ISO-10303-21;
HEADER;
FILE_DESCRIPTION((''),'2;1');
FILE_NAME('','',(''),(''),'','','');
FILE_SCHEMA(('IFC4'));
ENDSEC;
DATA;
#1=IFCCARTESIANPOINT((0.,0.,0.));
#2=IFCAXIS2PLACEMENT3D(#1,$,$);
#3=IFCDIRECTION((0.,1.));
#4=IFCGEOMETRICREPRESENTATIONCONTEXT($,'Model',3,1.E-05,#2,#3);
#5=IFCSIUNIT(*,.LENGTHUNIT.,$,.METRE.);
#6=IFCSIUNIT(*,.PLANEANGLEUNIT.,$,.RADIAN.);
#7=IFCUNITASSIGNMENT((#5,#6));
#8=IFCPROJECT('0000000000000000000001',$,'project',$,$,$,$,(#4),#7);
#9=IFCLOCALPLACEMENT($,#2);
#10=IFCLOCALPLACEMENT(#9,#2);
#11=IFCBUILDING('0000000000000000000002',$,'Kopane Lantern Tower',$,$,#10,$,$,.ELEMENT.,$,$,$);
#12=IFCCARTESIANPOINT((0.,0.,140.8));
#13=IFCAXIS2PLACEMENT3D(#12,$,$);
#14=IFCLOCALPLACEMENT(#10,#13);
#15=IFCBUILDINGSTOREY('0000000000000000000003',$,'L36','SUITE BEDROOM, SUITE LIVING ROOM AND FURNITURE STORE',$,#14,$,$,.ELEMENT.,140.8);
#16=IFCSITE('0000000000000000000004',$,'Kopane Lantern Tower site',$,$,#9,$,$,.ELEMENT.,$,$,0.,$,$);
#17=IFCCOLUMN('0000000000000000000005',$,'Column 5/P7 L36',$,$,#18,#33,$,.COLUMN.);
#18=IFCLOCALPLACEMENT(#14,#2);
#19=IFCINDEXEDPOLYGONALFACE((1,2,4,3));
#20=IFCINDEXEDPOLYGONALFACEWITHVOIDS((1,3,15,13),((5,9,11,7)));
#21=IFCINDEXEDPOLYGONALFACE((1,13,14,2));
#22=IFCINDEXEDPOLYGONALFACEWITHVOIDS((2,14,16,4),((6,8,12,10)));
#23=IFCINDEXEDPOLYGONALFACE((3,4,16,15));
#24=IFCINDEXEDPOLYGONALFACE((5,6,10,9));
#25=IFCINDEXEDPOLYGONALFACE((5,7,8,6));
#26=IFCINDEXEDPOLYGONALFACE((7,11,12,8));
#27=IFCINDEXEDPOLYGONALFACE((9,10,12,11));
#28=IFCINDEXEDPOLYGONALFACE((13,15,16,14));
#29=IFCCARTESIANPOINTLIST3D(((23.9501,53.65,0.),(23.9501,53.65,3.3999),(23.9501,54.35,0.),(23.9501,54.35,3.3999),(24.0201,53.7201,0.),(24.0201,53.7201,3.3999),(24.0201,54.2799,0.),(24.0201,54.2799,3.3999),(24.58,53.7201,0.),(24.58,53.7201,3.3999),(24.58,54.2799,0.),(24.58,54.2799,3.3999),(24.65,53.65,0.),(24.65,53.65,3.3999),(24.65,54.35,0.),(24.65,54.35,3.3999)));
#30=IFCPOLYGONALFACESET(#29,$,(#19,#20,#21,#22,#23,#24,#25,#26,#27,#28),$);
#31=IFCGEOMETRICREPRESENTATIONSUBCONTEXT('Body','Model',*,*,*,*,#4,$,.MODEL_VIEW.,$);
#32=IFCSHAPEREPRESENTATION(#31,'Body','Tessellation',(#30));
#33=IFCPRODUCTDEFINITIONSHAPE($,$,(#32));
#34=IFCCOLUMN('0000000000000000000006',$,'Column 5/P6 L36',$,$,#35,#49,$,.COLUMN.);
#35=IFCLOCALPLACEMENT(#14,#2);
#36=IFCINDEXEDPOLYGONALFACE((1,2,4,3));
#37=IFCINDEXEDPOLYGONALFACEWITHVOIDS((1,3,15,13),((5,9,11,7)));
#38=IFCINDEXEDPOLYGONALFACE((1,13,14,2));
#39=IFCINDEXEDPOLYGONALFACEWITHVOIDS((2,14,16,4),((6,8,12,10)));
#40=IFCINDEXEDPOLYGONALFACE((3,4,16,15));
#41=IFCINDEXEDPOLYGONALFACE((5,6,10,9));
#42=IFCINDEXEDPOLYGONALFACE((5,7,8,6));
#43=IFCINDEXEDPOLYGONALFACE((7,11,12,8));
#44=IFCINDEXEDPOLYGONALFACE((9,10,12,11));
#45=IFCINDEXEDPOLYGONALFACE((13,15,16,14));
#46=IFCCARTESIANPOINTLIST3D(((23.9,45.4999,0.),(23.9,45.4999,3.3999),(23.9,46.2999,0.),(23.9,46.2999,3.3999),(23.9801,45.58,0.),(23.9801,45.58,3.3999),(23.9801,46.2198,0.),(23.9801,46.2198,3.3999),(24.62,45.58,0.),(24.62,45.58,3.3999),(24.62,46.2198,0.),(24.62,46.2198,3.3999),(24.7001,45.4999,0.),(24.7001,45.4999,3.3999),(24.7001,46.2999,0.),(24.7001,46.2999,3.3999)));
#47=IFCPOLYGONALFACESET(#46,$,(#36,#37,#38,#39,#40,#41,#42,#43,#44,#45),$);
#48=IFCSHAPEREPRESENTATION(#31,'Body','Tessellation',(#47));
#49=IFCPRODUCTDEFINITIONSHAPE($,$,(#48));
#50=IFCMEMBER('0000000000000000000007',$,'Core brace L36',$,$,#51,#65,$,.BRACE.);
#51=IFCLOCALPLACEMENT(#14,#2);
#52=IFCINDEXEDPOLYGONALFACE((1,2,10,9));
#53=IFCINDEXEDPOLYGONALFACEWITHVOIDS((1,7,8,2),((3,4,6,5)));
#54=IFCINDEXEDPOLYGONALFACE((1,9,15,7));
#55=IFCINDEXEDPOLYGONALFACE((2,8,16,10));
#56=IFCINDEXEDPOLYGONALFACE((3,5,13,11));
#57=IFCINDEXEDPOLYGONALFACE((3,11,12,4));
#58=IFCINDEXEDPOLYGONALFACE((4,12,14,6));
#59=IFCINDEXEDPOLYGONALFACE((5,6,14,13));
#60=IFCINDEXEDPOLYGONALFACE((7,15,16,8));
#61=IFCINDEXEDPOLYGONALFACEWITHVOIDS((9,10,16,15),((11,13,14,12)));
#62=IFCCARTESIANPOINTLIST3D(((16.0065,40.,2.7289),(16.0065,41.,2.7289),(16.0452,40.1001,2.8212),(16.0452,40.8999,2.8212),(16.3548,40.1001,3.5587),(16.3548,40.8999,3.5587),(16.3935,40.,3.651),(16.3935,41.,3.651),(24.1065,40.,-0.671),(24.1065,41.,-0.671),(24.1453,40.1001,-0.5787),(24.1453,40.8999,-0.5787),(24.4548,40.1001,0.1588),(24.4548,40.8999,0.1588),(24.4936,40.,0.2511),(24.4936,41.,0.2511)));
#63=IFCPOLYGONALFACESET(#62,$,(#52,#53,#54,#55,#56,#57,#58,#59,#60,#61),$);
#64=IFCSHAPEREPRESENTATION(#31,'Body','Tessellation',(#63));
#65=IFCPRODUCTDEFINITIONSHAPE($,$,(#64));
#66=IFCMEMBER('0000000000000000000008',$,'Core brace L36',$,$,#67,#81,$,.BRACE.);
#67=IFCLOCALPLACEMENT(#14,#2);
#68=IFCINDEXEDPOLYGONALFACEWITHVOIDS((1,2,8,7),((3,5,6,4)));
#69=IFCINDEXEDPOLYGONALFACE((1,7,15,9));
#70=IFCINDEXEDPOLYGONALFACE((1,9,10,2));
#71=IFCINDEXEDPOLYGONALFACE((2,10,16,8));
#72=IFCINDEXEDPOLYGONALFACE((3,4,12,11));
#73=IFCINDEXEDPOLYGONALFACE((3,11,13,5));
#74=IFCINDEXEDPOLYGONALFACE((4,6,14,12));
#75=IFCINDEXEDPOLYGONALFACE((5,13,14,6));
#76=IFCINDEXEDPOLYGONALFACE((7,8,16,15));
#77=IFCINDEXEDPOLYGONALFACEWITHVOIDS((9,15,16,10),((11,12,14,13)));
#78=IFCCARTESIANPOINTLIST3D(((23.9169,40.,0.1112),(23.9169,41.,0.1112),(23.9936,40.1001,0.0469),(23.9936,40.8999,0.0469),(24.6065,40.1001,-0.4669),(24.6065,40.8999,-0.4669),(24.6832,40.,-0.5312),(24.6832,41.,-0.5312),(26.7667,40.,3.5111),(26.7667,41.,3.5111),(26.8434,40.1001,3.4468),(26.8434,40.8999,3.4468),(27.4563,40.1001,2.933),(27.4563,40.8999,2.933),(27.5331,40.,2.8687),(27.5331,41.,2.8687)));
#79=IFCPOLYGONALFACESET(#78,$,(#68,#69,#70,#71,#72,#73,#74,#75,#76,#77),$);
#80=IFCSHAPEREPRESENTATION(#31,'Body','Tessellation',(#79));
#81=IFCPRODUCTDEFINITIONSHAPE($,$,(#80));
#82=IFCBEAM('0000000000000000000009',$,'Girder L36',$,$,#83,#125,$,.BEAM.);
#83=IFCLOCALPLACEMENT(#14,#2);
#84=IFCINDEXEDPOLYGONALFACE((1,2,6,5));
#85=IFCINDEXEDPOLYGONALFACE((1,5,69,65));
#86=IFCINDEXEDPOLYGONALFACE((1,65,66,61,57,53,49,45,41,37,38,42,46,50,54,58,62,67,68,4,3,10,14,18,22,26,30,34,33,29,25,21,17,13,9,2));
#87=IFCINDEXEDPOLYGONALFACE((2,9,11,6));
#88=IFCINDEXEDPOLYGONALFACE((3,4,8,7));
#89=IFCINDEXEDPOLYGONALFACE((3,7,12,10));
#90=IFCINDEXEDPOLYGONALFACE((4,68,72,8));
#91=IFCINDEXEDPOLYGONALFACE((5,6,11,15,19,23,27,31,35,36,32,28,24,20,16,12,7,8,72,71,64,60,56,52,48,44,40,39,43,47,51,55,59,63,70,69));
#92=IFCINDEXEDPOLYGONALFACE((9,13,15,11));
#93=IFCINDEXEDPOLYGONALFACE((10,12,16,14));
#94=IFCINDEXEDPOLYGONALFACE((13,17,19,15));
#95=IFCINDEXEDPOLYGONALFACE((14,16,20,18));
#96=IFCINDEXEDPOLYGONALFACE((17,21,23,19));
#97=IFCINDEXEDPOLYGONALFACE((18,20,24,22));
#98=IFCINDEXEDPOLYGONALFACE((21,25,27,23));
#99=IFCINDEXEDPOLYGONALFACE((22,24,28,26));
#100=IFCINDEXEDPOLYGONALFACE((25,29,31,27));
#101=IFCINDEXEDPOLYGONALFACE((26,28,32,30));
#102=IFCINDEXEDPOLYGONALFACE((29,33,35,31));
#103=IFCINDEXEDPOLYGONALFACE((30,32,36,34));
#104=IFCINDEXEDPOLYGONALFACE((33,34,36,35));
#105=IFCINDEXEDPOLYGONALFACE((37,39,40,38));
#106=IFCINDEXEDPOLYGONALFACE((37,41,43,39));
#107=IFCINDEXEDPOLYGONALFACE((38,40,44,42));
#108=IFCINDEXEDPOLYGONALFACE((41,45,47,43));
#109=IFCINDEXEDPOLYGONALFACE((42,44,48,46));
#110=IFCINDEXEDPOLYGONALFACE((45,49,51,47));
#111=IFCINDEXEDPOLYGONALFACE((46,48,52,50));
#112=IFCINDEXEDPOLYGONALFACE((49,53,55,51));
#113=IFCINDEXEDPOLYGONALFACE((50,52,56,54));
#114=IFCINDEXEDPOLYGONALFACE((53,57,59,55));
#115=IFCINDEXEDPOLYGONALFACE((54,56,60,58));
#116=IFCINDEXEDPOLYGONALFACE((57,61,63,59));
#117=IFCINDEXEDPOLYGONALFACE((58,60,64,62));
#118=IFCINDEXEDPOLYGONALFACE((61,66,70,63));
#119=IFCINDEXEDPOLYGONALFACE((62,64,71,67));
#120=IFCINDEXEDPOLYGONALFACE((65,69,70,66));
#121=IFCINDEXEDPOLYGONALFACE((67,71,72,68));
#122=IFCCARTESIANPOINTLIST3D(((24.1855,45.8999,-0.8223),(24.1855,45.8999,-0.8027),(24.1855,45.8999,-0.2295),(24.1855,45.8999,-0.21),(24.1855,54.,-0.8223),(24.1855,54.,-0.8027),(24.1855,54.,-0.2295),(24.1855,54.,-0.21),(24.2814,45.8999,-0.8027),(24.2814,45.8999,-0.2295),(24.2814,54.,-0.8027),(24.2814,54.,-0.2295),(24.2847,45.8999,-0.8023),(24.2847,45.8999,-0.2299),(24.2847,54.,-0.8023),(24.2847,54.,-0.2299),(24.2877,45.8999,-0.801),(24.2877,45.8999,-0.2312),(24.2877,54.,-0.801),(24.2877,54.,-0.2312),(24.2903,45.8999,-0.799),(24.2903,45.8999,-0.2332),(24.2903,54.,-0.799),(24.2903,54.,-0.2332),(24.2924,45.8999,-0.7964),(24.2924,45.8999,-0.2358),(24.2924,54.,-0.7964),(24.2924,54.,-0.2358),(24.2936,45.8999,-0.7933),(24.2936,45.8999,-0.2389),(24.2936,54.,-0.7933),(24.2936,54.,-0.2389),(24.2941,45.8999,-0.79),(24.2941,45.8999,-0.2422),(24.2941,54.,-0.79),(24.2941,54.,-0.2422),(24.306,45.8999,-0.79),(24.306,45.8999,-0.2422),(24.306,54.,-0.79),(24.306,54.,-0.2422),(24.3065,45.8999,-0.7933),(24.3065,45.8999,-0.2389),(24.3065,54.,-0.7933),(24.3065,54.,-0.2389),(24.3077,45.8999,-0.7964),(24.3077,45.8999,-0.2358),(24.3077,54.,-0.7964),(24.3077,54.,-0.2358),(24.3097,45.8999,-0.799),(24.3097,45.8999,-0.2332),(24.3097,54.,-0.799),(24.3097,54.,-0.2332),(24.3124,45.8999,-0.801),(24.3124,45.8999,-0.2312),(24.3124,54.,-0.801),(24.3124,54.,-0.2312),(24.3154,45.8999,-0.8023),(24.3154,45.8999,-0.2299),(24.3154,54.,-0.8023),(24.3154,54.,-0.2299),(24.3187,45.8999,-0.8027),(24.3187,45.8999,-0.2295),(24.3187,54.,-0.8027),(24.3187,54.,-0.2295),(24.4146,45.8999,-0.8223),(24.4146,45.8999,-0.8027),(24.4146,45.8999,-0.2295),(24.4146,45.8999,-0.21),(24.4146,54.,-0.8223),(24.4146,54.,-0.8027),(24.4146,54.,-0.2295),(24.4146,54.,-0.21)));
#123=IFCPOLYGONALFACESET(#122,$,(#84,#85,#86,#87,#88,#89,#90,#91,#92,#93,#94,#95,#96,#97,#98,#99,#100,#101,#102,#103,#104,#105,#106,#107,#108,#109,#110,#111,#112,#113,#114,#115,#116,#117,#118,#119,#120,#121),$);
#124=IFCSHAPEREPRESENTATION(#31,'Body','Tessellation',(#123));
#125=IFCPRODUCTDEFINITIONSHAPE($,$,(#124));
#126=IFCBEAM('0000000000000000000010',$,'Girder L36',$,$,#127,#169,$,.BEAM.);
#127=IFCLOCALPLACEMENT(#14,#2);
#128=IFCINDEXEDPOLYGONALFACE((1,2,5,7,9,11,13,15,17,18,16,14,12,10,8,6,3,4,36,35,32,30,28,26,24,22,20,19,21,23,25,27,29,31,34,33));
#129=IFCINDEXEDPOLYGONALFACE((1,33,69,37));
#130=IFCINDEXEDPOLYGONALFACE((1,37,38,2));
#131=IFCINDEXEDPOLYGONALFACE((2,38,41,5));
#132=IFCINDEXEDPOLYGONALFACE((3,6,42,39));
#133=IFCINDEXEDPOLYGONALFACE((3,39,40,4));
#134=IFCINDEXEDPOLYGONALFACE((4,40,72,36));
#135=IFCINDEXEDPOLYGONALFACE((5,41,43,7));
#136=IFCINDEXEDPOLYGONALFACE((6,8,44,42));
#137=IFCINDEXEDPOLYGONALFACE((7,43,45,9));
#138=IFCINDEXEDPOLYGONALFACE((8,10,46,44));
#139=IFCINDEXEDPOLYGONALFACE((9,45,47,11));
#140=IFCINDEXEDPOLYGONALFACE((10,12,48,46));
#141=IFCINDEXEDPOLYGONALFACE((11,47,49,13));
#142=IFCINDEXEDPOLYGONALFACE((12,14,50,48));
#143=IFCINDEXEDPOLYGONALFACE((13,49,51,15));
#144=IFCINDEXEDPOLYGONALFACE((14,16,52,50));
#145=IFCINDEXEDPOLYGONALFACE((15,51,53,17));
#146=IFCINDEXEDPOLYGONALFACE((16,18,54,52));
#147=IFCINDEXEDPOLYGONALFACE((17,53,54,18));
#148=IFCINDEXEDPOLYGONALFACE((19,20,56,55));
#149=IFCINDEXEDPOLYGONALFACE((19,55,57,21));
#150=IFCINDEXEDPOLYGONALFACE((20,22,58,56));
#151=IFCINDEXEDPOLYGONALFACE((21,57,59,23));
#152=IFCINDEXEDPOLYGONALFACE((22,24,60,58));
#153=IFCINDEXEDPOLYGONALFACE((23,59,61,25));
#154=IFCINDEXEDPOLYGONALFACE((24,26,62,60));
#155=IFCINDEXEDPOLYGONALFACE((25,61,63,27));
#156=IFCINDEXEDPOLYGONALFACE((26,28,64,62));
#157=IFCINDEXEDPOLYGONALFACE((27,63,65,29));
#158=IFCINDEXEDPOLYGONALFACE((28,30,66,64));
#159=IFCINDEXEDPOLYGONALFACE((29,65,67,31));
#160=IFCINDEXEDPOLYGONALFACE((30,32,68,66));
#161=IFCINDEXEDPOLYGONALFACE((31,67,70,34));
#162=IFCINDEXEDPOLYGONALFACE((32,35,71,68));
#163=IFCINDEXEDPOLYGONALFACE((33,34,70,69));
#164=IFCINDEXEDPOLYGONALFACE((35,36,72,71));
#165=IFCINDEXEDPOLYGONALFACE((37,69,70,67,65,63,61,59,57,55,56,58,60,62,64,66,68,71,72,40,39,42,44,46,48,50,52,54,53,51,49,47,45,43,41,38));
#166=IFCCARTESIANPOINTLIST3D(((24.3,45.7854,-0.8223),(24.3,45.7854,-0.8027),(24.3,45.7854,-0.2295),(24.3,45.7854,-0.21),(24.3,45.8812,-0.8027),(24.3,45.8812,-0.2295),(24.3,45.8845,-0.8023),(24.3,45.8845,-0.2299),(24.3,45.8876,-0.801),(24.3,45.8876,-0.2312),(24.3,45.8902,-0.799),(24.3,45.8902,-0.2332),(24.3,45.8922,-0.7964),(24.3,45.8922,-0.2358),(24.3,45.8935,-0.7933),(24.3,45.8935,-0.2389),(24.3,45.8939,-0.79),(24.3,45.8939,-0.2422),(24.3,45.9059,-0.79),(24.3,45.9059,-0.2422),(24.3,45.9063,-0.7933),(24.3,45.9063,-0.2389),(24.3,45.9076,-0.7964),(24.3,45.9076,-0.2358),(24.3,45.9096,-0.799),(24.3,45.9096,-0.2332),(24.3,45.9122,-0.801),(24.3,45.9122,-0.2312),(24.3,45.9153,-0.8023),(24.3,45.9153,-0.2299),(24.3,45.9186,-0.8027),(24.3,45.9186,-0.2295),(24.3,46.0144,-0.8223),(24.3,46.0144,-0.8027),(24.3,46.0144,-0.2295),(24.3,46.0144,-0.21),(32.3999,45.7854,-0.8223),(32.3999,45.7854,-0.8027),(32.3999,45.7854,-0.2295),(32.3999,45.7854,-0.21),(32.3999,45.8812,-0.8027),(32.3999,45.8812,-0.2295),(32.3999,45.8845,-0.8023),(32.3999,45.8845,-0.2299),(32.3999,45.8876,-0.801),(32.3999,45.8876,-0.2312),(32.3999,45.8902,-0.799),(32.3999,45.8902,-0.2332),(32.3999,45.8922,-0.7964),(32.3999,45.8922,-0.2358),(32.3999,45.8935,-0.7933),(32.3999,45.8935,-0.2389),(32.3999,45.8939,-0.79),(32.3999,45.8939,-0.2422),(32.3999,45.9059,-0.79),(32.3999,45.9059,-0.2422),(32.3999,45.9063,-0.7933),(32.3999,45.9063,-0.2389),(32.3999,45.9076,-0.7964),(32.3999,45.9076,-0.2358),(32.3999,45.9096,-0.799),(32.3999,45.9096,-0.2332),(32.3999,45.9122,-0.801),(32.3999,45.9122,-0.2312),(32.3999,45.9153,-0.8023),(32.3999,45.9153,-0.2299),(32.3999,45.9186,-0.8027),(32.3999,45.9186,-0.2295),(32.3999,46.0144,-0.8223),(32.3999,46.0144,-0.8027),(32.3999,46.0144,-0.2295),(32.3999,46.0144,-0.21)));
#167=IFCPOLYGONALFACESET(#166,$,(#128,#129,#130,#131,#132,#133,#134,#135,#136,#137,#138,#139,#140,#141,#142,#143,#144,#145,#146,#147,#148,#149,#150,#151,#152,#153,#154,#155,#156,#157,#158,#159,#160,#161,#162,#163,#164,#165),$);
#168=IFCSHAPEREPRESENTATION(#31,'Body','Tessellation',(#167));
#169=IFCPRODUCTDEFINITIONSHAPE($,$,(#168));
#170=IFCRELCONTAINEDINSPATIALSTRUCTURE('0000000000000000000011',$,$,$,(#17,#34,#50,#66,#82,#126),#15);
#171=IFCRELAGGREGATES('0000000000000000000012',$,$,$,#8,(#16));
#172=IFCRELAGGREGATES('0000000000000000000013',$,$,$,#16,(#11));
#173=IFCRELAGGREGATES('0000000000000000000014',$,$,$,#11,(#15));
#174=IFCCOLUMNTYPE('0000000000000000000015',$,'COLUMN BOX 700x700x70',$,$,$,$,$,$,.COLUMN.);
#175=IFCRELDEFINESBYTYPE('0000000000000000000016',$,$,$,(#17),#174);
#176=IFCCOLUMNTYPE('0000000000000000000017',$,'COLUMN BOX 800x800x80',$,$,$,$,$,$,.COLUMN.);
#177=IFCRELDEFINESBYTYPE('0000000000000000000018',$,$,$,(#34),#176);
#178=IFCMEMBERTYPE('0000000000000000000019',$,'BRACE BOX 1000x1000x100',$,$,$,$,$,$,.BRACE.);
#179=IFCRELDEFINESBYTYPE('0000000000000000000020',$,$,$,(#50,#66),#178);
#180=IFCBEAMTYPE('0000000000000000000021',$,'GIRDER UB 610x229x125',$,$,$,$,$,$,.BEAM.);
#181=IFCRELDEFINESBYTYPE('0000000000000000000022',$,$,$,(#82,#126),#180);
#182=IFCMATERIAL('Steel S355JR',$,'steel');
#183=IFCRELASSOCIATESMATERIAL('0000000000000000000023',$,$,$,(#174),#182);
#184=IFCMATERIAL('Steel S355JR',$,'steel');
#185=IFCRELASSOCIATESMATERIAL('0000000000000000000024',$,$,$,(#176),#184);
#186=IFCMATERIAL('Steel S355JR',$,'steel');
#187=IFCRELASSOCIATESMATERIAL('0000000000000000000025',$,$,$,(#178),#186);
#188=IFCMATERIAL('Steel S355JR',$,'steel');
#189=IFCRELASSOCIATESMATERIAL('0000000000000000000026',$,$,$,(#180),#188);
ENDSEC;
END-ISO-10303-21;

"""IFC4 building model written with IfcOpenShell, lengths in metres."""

from ifc_helpers import new_model, si_unit, direction, frame, origin, origin_2d, place, context, subcontext, project, spatial, hollow_rectangle, i_section, extrude, material, material_profile, profile_set, type_object, element, save


model = new_model("IFC4")

# Units and contexts
model_context = context("Model", 3, precision=1e-05, world=origin(), true_north=direction((0.0, 1.0)))
body_context = subcontext(model_context, "Body", "Model", "MODEL_VIEW")
ifc_project = project(units=[si_unit("LENGTHUNIT", "METRE"), si_unit("PLANEANGLEUNIT", "RADIAN")], contexts=[model_context])

# Site, building, storey
site_placement = place(None, origin())
site = spatial("IfcSite", under=ifc_project, at=site_placement, Name="Kopane Lantern Tower site", CompositionType="ELEMENT", RefElevation=0.0)
building_placement = place(site_placement, origin())
building = spatial("IfcBuilding", under=site, at=building_placement, Name="Kopane Lantern Tower", CompositionType="ELEMENT")
storey_placement = place(building_placement, frame((0.0, 0.0, 140.8)))
storey = spatial("IfcBuildingStorey", under=building, at=storey_placement, Name="L36", Description="SUITE BEDROOM, SUITE LIVING ROOM AND FURNITURE STORE", CompositionType="ELEMENT", Elevation=140.8)

# Columns
ifc_material_1 = material(Name="Steel S355JR", Category="steel")
ifc_material_profile_1 = material_profile(ifc_material_1, hollow_rectangle(XDim=0.7, YDim=0.7, WallThickness=0.0701, at=origin_2d()), Name="BOX 700x700x70")
ifc_profile_set_1 = profile_set([ifc_material_profile_1], Name="Steel S355JR")
column_type_1 = type_object("IfcColumnType", Name="COLUMN BOX 700x700x70", PredefinedType="COLUMN", material=ifc_profile_set_1)
column_1_placement = place(storey_placement, frame((24.3, 54.0, 0.0), z_axis=(0.0, 0.0, 1.0), x_axis=(1.0, 0.0, 0.0)))
element("IfcColumn", 1, at=column_1_placement, inside=storey, type_object=column_type_1, Name="Column 5/P7 L36", PredefinedType="COLUMN", context=body_context, shape_type="SweptSolid", body=[
    extrude(hollow_rectangle(XDim=0.7, YDim=0.7, WallThickness=0.0701, at=origin_2d()), origin(), (0.0, 0.0, 1.0), 3.3999),
])
ifc_material_2 = material(Name="Steel S355JR", Category="steel")
ifc_material_profile_2 = material_profile(ifc_material_2, hollow_rectangle(XDim=0.8, YDim=0.8, WallThickness=0.0801, at=origin_2d()), Name="BOX 800x800x80")
ifc_profile_set_2 = profile_set([ifc_material_profile_2], Name="Steel S355JR")
column_type_2 = type_object("IfcColumnType", Name="COLUMN BOX 800x800x80", PredefinedType="COLUMN", material=ifc_profile_set_2)
column_2_placement = place(storey_placement, frame((24.3, 45.8999, 0.0), z_axis=(0.0, 0.0, 1.0), x_axis=(1.0, 0.0, 0.0)))
element("IfcColumn", 2, at=column_2_placement, inside=storey, type_object=column_type_2, Name="Column 5/P6 L36", PredefinedType="COLUMN", context=body_context, shape_type="SweptSolid", body=[
    extrude(hollow_rectangle(XDim=0.8, YDim=0.8, WallThickness=0.0801, at=origin_2d()), origin(), (0.0, 0.0, 1.0), 3.3999),
])

# Members
ifc_material_3 = material(Name="Steel S355JR", Category="steel")
ifc_material_profile_3 = material_profile(ifc_material_3, hollow_rectangle(XDim=1.0, YDim=1.0, WallThickness=0.1001, at=origin_2d()), Name="BOX 1000x1000x100")
ifc_profile_set_3 = profile_set([ifc_material_profile_3], Name="Steel S355JR")
member_type = type_object("IfcMemberType", Name="BRACE BOX 1000x1000x100", PredefinedType="BRACE", material=ifc_profile_set_3)
member_1_placement = place(storey_placement, frame((24.3, 40.5, -0.21), z_axis=(-0.922069, 0.0, 0.387026), x_axis=(0.0, -1.0, 0.0)))
element("IfcMember", 3, at=member_1_placement, inside=storey, type_object=member_type, Name="Core brace L36", PredefinedType="BRACE", context=body_context, shape_type="SweptSolid", body=[
    extrude(hollow_rectangle(XDim=1.0, YDim=1.0, WallThickness=0.1001, at=origin_2d()), origin(), (0.0, 0.0, 1.0), 8.7847),
])
member_2_placement = place(storey_placement, frame((24.3, 40.5, -0.21), z_axis=(0.64239, 0.0, 0.766378), x_axis=(0.0, 1.0, 0.0)))
element("IfcMember", 4, at=member_2_placement, inside=storey, type_object=member_type, Name="Core brace L36", PredefinedType="BRACE", context=body_context, shape_type="SweptSolid", body=[
    extrude(hollow_rectangle(XDim=1.0, YDim=1.0, WallThickness=0.1001, at=origin_2d()), origin(), (0.0, 0.0, 1.0), 4.4363),
])

# Beams
ifc_material_4 = material(Name="Steel S355JR", Category="steel")
ifc_material_profile_4 = material_profile(ifc_material_4, i_section(OverallWidth=0.229, OverallDepth=0.6123, WebThickness=0.012, FlangeThickness=0.0195, FilletRadius=0.0127, at=origin_2d()), Name="UB 610x229x125")
ifc_profile_set_4 = profile_set([ifc_material_profile_4], Name="Steel S355JR")
beam_type = type_object("IfcBeamType", Name="GIRDER UB 610x229x125", PredefinedType="BEAM", material=ifc_profile_set_4)
beam_placement = place(storey_placement, frame((24.3, 45.8999, -0.5161), z_axis=(0.0, 1.0, 0.0), x_axis=(-1.0, 0.0, 0.0)))
element("IfcBeam", 5, at=beam_placement, inside=storey, type_object=beam_type, Name="Girder L36", PredefinedType="BEAM", context=body_context, shape_type="SweptSolid", body=[
    extrude(i_section(OverallWidth=0.229, OverallDepth=0.6123, WebThickness=0.012, FlangeThickness=0.0195, FilletRadius=0.0127, at=origin_2d()), origin(), (0.0, 0.0, 1.0), 8.1001),
])
for number, where, z_axis, x_axis, name in (
    (6, (24.3, 45.8999, -0.5161), (1.0, 0.0, 0.0), (0.0, 1.0, 0.0), "Girder L36"),
):
    element("IfcBeam", number, at=place(storey_placement, frame(where, z_axis=z_axis, x_axis=x_axis)), inside=storey, type_object=beam_type, Name=name, PredefinedType="BEAM", context=body_context, shape_type="SweptSolid", body=[
        extrude(i_section(OverallWidth=0.229, OverallDepth=0.6123, WebThickness=0.012, FlangeThickness=0.0195, FilletRadius=0.0127, at=origin_2d()), origin(), (0.0, 0.0, 1.0), 8.0999),
    ])

save(model, "model.ifc")
